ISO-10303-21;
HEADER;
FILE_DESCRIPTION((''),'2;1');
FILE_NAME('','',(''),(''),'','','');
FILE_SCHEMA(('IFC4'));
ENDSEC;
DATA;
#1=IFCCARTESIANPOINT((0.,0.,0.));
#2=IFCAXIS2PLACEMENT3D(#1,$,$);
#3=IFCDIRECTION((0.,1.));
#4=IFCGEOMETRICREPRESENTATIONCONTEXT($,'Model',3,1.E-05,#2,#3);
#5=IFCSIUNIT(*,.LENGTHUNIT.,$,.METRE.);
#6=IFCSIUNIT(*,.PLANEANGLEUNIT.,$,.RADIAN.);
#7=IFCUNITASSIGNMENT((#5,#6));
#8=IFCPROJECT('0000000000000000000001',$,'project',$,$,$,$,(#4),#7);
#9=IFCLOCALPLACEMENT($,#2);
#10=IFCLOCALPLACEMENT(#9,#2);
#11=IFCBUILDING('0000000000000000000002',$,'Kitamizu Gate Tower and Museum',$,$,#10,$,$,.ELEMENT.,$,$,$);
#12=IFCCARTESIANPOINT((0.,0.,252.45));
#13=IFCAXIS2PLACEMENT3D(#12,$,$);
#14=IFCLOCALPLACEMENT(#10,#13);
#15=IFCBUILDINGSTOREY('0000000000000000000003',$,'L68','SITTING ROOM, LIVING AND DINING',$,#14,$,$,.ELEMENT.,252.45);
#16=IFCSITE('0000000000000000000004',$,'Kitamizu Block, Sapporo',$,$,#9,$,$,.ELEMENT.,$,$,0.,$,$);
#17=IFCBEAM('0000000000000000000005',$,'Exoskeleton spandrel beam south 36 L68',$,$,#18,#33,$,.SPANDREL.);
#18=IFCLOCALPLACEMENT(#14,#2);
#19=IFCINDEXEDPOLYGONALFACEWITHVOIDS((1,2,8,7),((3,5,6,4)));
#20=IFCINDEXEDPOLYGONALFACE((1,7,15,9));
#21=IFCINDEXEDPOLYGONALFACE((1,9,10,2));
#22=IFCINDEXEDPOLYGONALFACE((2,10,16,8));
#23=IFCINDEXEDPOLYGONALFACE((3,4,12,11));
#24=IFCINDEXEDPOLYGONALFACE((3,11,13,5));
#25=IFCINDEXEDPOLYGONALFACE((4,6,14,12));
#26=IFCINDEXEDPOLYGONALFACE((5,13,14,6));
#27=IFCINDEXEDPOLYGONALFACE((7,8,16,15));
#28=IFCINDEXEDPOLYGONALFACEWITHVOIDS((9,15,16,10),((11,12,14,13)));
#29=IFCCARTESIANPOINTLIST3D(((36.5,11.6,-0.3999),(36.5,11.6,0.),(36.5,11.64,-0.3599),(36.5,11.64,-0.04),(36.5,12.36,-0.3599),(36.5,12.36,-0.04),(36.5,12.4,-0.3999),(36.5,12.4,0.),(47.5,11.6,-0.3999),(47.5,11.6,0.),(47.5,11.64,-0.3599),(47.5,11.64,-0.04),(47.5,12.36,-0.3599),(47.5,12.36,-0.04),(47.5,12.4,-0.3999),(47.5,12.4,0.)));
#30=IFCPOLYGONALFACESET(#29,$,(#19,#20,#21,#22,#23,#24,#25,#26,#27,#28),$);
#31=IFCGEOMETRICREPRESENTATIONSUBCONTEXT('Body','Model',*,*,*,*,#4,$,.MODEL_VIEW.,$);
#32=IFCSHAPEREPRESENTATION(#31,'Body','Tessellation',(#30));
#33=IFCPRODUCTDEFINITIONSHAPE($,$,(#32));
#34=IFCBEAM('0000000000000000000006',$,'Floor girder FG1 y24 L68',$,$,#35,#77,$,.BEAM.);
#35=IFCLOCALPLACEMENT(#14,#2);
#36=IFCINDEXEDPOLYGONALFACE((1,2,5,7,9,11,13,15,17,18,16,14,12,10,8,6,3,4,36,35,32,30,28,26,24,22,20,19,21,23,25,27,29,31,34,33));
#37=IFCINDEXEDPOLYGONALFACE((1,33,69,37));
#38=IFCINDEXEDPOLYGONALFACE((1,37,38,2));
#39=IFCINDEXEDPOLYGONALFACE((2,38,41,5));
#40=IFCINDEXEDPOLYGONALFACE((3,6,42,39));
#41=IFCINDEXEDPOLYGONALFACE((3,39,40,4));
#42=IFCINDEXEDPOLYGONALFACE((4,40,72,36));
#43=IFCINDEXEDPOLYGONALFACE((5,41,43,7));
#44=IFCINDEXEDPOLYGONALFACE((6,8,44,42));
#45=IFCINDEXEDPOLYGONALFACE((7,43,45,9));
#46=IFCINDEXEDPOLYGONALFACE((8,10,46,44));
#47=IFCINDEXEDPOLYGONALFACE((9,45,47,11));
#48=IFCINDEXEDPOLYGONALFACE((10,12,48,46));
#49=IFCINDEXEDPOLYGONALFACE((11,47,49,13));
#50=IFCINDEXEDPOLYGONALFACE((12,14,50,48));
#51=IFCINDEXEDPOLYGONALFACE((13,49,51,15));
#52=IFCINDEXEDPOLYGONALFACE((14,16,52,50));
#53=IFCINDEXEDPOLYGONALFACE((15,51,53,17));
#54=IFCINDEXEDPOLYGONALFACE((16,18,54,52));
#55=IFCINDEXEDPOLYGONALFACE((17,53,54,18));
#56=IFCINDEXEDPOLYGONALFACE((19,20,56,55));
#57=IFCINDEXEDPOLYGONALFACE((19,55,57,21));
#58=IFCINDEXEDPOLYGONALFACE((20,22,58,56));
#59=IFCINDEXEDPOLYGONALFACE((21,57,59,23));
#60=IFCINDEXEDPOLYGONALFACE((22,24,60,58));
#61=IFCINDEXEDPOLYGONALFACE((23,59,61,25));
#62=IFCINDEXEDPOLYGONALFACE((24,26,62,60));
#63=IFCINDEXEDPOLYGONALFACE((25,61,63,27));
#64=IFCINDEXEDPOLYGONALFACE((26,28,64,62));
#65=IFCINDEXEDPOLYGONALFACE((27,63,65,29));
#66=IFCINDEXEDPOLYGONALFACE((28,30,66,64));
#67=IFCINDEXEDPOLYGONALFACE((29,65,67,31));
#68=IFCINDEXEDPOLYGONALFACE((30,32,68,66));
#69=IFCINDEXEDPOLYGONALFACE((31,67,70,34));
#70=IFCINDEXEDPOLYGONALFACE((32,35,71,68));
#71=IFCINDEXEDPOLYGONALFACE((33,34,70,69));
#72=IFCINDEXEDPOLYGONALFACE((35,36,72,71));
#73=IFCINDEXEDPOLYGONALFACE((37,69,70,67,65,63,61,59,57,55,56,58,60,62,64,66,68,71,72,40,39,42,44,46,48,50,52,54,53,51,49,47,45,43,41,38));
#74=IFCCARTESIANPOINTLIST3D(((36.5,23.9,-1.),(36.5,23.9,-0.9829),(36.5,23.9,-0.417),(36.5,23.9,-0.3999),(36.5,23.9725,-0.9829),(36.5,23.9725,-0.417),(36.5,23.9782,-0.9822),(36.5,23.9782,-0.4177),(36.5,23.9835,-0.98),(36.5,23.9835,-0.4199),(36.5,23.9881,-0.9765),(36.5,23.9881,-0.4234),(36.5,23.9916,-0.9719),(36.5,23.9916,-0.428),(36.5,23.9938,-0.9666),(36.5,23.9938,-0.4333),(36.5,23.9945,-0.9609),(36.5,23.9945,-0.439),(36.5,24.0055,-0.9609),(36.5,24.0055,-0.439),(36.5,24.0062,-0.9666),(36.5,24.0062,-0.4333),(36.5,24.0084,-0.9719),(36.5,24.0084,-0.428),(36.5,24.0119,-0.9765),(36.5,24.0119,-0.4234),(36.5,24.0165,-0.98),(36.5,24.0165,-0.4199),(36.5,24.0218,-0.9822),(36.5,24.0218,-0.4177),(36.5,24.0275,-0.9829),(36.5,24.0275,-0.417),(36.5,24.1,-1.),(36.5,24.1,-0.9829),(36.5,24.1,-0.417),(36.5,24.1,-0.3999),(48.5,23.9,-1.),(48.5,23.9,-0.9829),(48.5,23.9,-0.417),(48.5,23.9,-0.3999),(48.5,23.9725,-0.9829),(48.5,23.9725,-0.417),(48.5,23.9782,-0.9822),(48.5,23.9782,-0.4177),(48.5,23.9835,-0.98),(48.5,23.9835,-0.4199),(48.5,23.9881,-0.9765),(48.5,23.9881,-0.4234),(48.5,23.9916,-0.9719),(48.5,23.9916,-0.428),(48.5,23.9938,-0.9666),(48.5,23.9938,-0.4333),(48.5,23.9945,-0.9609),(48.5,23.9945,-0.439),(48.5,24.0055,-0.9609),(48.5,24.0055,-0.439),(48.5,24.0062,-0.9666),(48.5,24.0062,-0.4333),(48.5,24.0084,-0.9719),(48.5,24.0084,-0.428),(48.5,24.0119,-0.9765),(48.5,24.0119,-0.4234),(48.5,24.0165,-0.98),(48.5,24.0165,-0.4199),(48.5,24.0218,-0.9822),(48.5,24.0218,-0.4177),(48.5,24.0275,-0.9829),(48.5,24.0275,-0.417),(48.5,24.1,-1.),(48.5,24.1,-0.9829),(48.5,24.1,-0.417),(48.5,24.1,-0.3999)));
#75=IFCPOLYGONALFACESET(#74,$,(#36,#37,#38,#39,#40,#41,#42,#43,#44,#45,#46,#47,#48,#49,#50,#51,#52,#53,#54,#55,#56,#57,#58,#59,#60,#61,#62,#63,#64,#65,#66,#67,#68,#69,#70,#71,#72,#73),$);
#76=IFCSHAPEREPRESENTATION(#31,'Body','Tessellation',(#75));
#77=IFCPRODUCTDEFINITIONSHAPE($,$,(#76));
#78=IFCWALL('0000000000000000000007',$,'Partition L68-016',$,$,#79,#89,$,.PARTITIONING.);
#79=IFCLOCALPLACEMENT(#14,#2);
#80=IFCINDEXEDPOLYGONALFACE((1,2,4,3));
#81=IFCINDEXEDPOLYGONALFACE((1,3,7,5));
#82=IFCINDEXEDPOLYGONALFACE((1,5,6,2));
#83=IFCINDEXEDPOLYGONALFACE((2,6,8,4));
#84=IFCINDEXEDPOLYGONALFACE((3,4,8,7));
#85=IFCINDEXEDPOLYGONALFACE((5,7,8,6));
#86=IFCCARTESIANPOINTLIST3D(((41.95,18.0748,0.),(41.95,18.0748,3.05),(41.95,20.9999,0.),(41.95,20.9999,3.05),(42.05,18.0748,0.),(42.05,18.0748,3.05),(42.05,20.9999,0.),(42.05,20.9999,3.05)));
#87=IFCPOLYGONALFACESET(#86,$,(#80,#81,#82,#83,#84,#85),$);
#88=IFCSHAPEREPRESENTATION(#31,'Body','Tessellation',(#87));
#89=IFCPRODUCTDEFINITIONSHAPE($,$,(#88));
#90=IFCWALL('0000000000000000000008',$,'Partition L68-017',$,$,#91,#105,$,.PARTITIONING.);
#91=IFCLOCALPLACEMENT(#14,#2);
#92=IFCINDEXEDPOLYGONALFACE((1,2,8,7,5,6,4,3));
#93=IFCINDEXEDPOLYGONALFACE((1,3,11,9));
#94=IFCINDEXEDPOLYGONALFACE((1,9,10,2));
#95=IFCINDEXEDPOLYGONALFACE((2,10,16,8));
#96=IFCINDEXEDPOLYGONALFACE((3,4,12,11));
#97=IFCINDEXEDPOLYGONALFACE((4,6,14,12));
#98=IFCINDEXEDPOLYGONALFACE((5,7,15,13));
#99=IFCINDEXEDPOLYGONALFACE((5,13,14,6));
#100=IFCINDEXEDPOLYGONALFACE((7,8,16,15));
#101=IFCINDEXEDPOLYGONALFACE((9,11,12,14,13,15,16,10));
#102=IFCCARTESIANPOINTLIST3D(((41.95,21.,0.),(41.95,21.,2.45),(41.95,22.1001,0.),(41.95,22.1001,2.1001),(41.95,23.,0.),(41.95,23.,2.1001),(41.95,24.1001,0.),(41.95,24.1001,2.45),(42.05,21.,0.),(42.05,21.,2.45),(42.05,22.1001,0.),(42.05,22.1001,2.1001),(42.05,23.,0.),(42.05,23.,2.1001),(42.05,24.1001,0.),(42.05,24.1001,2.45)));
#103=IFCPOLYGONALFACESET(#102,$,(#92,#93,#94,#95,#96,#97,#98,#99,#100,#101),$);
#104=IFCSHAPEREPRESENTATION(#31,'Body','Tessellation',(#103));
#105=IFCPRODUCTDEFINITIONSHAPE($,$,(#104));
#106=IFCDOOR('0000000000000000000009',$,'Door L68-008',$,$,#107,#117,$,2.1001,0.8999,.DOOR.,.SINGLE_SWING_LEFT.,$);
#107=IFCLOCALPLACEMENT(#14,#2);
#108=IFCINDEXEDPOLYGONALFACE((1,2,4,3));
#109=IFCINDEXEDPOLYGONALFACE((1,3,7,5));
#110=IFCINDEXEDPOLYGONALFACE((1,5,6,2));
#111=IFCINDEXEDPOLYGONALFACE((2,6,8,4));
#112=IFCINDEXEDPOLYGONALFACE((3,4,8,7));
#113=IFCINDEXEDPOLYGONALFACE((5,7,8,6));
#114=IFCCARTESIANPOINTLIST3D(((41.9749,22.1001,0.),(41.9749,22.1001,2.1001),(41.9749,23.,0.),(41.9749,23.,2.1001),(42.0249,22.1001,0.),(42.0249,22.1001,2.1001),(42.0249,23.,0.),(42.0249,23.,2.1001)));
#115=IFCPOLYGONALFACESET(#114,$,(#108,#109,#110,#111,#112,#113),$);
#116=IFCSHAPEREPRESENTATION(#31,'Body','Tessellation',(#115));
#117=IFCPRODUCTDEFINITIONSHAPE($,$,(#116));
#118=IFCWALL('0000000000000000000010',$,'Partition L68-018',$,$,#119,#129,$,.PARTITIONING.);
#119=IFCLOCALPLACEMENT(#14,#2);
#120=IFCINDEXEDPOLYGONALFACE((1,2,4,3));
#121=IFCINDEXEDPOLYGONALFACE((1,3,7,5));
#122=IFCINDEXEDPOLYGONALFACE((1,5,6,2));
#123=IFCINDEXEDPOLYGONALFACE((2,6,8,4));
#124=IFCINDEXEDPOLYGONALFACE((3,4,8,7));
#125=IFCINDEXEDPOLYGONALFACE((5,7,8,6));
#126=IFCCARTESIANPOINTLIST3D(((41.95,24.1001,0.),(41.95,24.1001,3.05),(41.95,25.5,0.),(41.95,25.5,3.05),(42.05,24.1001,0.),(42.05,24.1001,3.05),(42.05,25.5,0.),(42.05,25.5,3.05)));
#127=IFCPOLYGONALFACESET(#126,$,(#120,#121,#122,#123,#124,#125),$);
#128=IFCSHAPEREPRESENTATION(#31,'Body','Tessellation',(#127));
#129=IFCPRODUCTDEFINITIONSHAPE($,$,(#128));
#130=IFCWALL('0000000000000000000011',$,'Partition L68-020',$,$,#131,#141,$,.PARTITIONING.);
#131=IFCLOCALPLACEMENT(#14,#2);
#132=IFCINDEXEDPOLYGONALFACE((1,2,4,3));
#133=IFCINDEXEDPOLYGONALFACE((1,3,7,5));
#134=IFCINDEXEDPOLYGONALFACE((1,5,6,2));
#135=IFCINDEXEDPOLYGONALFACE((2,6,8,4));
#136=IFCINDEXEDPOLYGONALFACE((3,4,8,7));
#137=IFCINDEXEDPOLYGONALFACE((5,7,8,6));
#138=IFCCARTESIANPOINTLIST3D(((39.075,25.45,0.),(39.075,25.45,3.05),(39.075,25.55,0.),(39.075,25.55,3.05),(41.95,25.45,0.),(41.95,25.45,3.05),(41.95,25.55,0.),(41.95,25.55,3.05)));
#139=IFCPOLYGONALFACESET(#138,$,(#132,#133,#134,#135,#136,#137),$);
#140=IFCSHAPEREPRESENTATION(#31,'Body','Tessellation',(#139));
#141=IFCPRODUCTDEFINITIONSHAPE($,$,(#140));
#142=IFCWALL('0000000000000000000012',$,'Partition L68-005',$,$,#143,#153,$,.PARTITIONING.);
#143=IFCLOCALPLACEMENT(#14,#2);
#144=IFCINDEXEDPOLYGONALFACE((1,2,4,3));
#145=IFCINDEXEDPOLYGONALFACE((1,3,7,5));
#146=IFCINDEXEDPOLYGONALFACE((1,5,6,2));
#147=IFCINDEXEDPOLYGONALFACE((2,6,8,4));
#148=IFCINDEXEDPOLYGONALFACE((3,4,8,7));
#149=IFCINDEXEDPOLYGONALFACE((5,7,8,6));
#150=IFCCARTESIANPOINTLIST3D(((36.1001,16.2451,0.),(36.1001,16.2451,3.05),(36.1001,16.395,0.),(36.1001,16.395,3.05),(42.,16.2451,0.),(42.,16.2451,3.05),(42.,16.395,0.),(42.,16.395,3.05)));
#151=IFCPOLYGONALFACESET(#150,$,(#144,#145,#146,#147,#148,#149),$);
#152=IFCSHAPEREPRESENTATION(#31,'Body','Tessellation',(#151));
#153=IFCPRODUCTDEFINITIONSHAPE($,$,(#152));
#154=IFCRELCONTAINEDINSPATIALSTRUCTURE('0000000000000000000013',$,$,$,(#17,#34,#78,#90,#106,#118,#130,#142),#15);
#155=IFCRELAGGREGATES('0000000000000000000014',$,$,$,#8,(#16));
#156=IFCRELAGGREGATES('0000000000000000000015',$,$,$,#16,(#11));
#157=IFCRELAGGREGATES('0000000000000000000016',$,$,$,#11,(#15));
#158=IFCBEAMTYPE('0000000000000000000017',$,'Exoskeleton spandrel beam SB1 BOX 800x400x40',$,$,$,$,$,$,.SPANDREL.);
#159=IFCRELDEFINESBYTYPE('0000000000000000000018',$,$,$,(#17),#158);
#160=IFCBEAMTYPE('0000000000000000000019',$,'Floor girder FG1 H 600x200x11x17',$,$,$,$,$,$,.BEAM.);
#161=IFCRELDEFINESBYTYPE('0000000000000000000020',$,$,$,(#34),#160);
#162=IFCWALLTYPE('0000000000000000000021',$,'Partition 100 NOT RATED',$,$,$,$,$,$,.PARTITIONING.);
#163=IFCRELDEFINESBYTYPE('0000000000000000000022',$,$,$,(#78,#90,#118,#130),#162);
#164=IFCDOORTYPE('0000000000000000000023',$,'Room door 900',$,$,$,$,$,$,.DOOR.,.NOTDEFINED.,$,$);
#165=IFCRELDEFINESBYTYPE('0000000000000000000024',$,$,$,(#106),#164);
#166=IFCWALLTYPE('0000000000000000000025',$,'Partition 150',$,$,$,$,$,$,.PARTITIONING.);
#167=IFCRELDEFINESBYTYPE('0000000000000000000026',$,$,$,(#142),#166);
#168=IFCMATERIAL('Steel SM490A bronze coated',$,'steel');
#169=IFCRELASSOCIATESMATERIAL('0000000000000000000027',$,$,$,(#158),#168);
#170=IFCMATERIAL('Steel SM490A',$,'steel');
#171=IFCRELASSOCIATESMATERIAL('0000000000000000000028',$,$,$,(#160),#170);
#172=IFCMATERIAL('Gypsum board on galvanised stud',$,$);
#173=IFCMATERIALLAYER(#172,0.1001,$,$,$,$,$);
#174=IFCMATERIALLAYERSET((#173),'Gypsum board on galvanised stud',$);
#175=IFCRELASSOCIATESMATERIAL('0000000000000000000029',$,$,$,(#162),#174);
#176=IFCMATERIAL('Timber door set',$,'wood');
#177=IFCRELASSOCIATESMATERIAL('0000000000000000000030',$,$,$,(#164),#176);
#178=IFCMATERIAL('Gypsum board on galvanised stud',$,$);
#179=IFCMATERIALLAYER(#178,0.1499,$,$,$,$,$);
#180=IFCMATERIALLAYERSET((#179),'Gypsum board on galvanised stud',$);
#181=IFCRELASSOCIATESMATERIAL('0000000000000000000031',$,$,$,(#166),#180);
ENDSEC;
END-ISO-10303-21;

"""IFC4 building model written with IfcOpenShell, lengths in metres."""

from ifc_helpers import new_model, si_unit, direction, frame, frame_2d, origin, origin_2d, place, context, subcontext, project, spatial, rectangle, hollow_rectangle, i_section, extrude, material, layer, layer_set, material_profile, profile_set, type_object, element, fill, save


model = new_model("IFC4")

# Units and contexts
model_context = context("Model", 3, precision=1e-05, world=origin(), true_north=direction((0.0, 1.0)))
body_context = subcontext(model_context, "Body", "Model", "MODEL_VIEW")
ifc_project = project(units=[si_unit("LENGTHUNIT", "METRE"), si_unit("PLANEANGLEUNIT", "RADIAN")], contexts=[model_context])

# Site, building, storey
site_placement = place(None, origin())
site = spatial("IfcSite", under=ifc_project, at=site_placement, Name="Kitamizu Block, Sapporo", CompositionType="ELEMENT", RefElevation=0.0)
building_placement = place(site_placement, origin())
building = spatial("IfcBuilding", under=site, at=building_placement, Name="Kitamizu Gate Tower and Museum", CompositionType="ELEMENT")
storey_placement = place(building_placement, frame((0.0, 0.0, 252.45)))
storey = spatial("IfcBuildingStorey", under=building, at=storey_placement, Name="L68", Description="SITTING ROOM, LIVING AND DINING", CompositionType="ELEMENT", Elevation=252.45)

# Beams
ifc_material_1 = material(Name="Steel SM490A bronze coated", Category="steel")
ifc_material_profile_1 = material_profile(ifc_material_1, hollow_rectangle(XDim=0.8, YDim=0.3999, WallThickness=0.04, at=origin_2d()), Name="BOX 800x400x40")
ifc_profile_set_1 = profile_set([ifc_material_profile_1], Name="Steel SM490A bronze coated")
beam_type_1 = type_object("IfcBeamType", Name="Exoskeleton spandrel beam SB1 BOX 800x400x40", PredefinedType="SPANDREL", material=ifc_profile_set_1)
beam_1_placement = place(storey_placement, frame((36.5, 12.0, -0.2), z_axis=(1.0, 0.0, 0.0), x_axis=(0.0, 1.0, 0.0)))
element("IfcBeam", 1, at=beam_1_placement, inside=storey, type_object=beam_type_1, Name="Exoskeleton spandrel beam south 36 L68", PredefinedType="SPANDREL", context=body_context, shape_type="SweptSolid", body=[
    extrude(hollow_rectangle(XDim=0.8, YDim=0.3999, WallThickness=0.04, at=origin_2d()), origin(), (0.0, 0.0, 1.0), 11.0),
])
ifc_material_2 = material(Name="Steel SM490A", Category="steel")
ifc_material_profile_2 = material_profile(ifc_material_2, i_section(OverallWidth=0.2, OverallDepth=0.6001, WebThickness=0.011, FlangeThickness=0.0171, FilletRadius=0.022, at=origin_2d()), Name="H-600x200x11x17")
ifc_profile_set_2 = profile_set([ifc_material_profile_2], Name="Steel SM490A")
beam_type_2 = type_object("IfcBeamType", Name="Floor girder FG1 H 600x200x11x17", PredefinedType="BEAM", material=ifc_profile_set_2)
beam_2_placement = place(storey_placement, frame((36.5, 24.0, -0.7), z_axis=(1.0, 0.0, 0.0), x_axis=(0.0, 1.0, 0.0)))
element("IfcBeam", 2, at=beam_2_placement, inside=storey, type_object=beam_type_2, Name="Floor girder FG1 y24 L68", PredefinedType="BEAM", context=body_context, shape_type="SweptSolid", body=[
    extrude(i_section(OverallWidth=0.2, OverallDepth=0.6001, WebThickness=0.011, FlangeThickness=0.0171, FilletRadius=0.022, at=origin_2d()), origin(), (0.0, 0.0, 1.0), 12.0),
])

# Wall
ifc_material_3 = material(Name="Gypsum board on galvanised stud")
ifc_layer_1 = layer(ifc_material_3, 0.1001)
ifc_layer_set_1 = layer_set([ifc_layer_1], Name="Gypsum board on galvanised stud")
wall_type_1 = type_object("IfcWallType", Name="Partition 100 NOT RATED", PredefinedType="PARTITIONING", material=ifc_layer_set_1)
wall_1_placement = place(storey_placement, frame((42.0, 18.075, 0.0), z_axis=(0.0, 0.0, 1.0), x_axis=(0.0, 1.0, 0.0)))
element("IfcWall", 3, at=wall_1_placement, inside=storey, type_object=wall_type_1, Name="Partition L68-016", PredefinedType="PARTITIONING", context=body_context, shape_type="SweptSolid", body=[
    extrude(rectangle(XDim=2.925, YDim=0.1001, at=frame_2d((1.4624, 0.0))), origin(), (0.0, 0.0, 1.0), 3.05),
])

# Wall, opening, door
wall_2_placement = place(storey_placement, frame((42.0, 21.0, 0.0), z_axis=(0.0, 0.0, 1.0), x_axis=(0.0, 1.0, 0.0)))
wall_2 = element("IfcWall", 4, at=wall_2_placement, inside=storey, type_object=wall_type_1, Name="Partition L68-017", PredefinedType="PARTITIONING", context=body_context, shape_type="SweptSolid", body=[
    extrude(rectangle(XDim=3.1001, YDim=0.1001, at=frame_2d((1.55, 0.0))), origin(), (0.0, 0.0, 1.0), 2.45),
])
opening_1_placement = place(wall_2_placement, frame((1.1001, 0.0, 0.0)))
opening_1 = element("IfcOpeningElement", 5, at=opening_1_placement, cuts=wall_2, PredefinedType="OPENING", context=body_context, shape_type="SweptSolid", body=[
    extrude(rectangle(XDim=0.8999, YDim=2.1001, at=frame_2d((0.45, 1.05))), frame((0.0, 0.0601, 0.0), z_axis=(0.0, -1.0, 0.0), x_axis=(1.0, 0.0, 0.0)), (0.0, 0.0, 1.0), 0.1201),
])
ifc_material_4 = material(Name="Timber door set", Category="wood")
door_type_1 = type_object("IfcDoorType", Name="Room door 900", OperationType="NOTDEFINED", PredefinedType="DOOR", material=ifc_material_4)
door_1_placement = place(opening_1_placement, frame((0.8999, 0.0, 0.0), x_axis=(-1.0, 0.0, 0.0)))
door_1 = element("IfcDoor", 6, at=door_1_placement, inside=storey, type_object=door_type_1, Name="Door L68-008", OperationType="SINGLE_SWING_LEFT", OverallHeight=2.1001, OverallWidth=0.8999, PredefinedType="DOOR", context=body_context, shape_type="SweptSolid", body=[
    extrude(rectangle(XDim=0.8999, YDim=2.1001, at=frame_2d((0.45, 1.05))), frame((0.0, 0.0249, 0.0), z_axis=(0.0, -1.0, 0.0), x_axis=(1.0, 0.0, 0.0)), (0.0, 0.0, 1.0), 0.05),
])
fill(opening_1, door_1)

# Walls
wall_3_placement = place(storey_placement, frame((42.0, 24.1001, 0.0), z_axis=(0.0, 0.0, 1.0), x_axis=(0.0, 1.0, 0.0)))
element("IfcWall", 7, at=wall_3_placement, inside=storey, type_object=wall_type_1, Name="Partition L68-018", PredefinedType="PARTITIONING", context=body_context, shape_type="SweptSolid", body=[
    extrude(rectangle(XDim=1.3999, YDim=0.1001, at=frame_2d((0.7, 0.0))), origin(), (0.0, 0.0, 1.0), 3.05),
])
wall_4_placement = place(storey_placement, frame((41.95, 25.5, 0.0), z_axis=(0.0, 0.0, 1.0), x_axis=(-1.0, 0.0, 0.0)))
element("IfcWall", 8, at=wall_4_placement, inside=storey, type_object=wall_type_1, Name="Partition L68-020", PredefinedType="PARTITIONING", context=body_context, shape_type="SweptSolid", body=[
    extrude(rectangle(XDim=2.875, YDim=0.1001, at=frame_2d((1.4375, 0.0))), origin(), (0.0, 0.0, 1.0), 3.05),
])
ifc_material_5 = material(Name="Gypsum board on galvanised stud")
ifc_layer_2 = layer(ifc_material_5, 0.1499)
ifc_layer_set_2 = layer_set([ifc_layer_2], Name="Gypsum board on galvanised stud")
wall_type_2 = type_object("IfcWallType", Name="Partition 150", PredefinedType="PARTITIONING", material=ifc_layer_set_2)
wall_5_placement = place(storey_placement, frame((42.0, 16.3201, 0.0), z_axis=(0.0, 0.0, 1.0), x_axis=(-1.0, 0.0, 0.0)))
element("IfcWall", 9, at=wall_5_placement, inside=storey, type_object=wall_type_2, Name="Partition L68-005", PredefinedType="PARTITIONING", context=body_context, shape_type="SweptSolid", body=[
    extrude(rectangle(XDim=5.8999, YDim=0.1499, at=frame_2d((2.95, 0.0))), origin(), (0.0, 0.0, 1.0), 3.05),
])

save(model, "model.ifc")
